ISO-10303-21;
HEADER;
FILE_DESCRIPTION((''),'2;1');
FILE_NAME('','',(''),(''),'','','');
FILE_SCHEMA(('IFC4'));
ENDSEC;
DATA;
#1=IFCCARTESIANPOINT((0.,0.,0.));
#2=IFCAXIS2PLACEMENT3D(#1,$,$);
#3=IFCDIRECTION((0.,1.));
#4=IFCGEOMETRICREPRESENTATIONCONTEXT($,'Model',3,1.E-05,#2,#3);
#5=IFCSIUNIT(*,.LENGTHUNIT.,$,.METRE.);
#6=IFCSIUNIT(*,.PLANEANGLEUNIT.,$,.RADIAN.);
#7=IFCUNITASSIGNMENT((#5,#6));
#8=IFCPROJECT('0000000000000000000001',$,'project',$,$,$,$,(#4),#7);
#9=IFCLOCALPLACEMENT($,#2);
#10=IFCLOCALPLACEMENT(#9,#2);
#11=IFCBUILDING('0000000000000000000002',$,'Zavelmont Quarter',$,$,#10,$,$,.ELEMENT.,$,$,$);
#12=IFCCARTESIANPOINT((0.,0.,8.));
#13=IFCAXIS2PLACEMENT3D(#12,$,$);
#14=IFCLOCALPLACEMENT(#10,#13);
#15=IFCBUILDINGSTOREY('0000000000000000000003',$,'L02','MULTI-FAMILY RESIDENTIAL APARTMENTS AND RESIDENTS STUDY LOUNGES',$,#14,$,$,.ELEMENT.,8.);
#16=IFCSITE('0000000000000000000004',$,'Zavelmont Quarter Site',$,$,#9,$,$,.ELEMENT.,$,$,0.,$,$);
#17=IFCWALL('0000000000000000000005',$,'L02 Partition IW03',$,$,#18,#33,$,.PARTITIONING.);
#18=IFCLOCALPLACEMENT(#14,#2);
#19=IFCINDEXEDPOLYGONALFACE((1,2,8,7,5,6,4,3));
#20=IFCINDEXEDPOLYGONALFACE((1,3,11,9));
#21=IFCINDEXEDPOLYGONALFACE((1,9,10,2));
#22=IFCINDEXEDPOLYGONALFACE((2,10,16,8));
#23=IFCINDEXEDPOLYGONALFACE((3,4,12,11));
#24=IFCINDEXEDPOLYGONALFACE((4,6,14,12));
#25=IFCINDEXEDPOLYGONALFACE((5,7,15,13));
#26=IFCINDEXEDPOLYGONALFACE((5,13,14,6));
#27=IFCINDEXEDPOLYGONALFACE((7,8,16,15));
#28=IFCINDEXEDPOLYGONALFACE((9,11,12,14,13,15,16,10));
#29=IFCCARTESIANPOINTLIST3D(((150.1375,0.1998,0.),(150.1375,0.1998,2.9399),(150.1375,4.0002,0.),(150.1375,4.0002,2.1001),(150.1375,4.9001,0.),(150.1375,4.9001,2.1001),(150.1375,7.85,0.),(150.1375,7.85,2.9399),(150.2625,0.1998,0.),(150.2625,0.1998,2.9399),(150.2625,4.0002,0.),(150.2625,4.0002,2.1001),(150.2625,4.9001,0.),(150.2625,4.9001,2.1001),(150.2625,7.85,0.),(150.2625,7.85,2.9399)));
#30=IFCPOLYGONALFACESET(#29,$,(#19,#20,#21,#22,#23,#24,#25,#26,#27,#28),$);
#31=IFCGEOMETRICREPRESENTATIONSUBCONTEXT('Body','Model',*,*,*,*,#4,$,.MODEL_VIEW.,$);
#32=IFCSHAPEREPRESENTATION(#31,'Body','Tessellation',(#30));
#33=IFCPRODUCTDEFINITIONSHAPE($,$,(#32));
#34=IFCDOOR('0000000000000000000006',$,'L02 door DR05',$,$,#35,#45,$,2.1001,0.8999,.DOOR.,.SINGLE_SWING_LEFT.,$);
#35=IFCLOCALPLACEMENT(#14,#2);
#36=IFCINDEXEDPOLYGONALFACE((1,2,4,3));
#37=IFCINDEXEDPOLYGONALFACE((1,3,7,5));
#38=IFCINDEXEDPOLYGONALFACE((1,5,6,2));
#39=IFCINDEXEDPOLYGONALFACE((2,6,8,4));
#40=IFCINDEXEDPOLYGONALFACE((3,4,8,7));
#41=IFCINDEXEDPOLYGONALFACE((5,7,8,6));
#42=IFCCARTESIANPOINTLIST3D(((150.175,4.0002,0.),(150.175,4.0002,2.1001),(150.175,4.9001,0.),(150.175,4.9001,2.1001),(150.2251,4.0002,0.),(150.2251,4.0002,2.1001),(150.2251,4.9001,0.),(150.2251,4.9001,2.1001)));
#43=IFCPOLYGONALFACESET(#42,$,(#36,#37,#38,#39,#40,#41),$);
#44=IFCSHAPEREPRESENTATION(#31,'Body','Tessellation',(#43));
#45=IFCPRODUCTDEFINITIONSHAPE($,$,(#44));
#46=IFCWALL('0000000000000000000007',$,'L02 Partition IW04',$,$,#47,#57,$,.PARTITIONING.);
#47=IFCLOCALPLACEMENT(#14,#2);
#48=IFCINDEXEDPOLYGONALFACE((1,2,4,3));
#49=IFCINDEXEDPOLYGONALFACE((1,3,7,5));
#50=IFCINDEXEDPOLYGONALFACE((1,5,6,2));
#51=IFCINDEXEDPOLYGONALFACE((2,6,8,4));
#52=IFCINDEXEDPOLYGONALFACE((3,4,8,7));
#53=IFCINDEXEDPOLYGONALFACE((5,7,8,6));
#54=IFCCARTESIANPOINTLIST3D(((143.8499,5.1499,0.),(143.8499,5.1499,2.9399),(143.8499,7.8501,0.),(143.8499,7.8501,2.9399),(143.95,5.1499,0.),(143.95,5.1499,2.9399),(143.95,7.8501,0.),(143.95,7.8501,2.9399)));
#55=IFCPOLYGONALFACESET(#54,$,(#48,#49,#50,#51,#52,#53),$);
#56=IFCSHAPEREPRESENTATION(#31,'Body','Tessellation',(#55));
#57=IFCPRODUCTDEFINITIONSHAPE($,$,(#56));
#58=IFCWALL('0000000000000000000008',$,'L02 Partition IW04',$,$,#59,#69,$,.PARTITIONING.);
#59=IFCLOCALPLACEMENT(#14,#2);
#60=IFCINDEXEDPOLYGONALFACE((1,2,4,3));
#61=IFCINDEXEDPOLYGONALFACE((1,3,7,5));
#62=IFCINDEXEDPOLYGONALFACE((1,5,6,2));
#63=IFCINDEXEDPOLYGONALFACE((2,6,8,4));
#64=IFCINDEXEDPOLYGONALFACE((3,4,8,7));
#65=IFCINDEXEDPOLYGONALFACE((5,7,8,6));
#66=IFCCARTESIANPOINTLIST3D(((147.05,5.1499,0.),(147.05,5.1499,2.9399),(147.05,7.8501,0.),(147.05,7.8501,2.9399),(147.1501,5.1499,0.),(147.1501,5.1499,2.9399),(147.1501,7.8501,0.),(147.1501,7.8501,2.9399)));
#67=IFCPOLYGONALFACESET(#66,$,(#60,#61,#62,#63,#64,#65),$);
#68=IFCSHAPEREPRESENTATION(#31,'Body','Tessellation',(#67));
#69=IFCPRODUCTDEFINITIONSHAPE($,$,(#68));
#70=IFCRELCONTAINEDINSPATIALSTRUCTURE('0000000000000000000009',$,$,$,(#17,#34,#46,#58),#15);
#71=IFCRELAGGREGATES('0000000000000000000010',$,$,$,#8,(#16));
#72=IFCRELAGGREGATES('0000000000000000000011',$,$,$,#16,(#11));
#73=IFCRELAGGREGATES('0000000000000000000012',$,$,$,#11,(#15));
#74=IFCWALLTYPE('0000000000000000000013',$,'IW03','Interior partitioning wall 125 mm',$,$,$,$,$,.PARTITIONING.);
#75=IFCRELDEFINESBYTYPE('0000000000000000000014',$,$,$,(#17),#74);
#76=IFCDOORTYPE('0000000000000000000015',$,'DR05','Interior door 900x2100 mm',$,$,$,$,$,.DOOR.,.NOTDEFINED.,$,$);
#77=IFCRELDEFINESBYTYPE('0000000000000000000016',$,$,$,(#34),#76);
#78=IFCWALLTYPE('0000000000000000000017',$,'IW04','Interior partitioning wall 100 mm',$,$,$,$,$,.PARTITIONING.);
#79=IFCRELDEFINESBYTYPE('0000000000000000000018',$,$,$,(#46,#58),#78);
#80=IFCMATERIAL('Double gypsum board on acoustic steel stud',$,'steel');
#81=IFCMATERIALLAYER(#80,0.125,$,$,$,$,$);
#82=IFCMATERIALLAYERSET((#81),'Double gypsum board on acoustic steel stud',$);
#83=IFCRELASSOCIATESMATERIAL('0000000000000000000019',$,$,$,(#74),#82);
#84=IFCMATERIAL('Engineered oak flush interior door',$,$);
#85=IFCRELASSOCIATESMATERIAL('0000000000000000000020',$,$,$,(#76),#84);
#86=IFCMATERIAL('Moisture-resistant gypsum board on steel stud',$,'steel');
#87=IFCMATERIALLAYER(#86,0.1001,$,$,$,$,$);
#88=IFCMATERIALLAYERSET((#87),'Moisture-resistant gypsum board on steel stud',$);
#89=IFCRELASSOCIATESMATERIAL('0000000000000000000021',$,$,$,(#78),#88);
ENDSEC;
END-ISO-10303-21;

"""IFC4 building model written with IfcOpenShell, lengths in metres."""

from ifc_helpers import new_model, si_unit, direction, frame, frame_2d, origin, place, context, subcontext, project, spatial, rectangle, extrude, material, layer, layer_set, type_object, element, fill, save


model = new_model("IFC4")

# Units and contexts
model_context = context("Model", 3, precision=1e-05, world=origin(), true_north=direction((0.0, 1.0)))
body_context = subcontext(model_context, "Body", "Model", "MODEL_VIEW")
ifc_project = project(units=[si_unit("LENGTHUNIT", "METRE"), si_unit("PLANEANGLEUNIT", "RADIAN")], contexts=[model_context])

# Site, building, storey
site_placement = place(None, origin())
site = spatial("IfcSite", under=ifc_project, at=site_placement, Name="Zavelmont Quarter Site", CompositionType="ELEMENT", RefElevation=0.0)
building_placement = place(site_placement, origin())
building = spatial("IfcBuilding", under=site, at=building_placement, Name="Zavelmont Quarter", CompositionType="ELEMENT")
storey_placement = place(building_placement, frame((0.0, 0.0, 8.0)))
storey = spatial("IfcBuildingStorey", under=building, at=storey_placement, Name="L02", Description="MULTI-FAMILY RESIDENTIAL APARTMENTS AND RESIDENTS STUDY LOUNGES", CompositionType="ELEMENT", Elevation=8.0)

# Shared definitions
ifc_material_1 = material(Name="Double gypsum board on acoustic steel stud", Category="steel")
ifc_layer_1 = layer(ifc_material_1, 0.125)
ifc_layer_set_1 = layer_set([ifc_layer_1], Name="Double gypsum board on acoustic steel stud")
wall_type_1 = type_object("IfcWallType", Name="IW03", Description="Interior partitioning wall 125 mm", PredefinedType="PARTITIONING", material=ifc_layer_set_1)

# Wall, opening, door
wall_1_placement = place(storey_placement, frame((150.2, 7.8501, 0.0), z_axis=(0.0, 0.0, 1.0), x_axis=(0.0, -1.0, 0.0)))
wall_1 = element("IfcWall", 1, at=wall_1_placement, inside=storey, type_object=wall_type_1, Name="L02 Partition IW03", PredefinedType="PARTITIONING", context=body_context, shape_type="SweptSolid", body=[
    extrude(rectangle(XDim=7.6501, YDim=0.125, at=frame_2d((3.8252, 0.0))), origin(), (0.0, 0.0, 1.0), 2.9399),
])
opening_placement = place(wall_1_placement, frame((2.95, 0.0, 0.0)))
opening = element("IfcOpeningElement", 2, at=opening_placement, cuts=wall_1, PredefinedType="OPENING", context=body_context, shape_type="SweptSolid", body=[
    extrude(rectangle(XDim=0.8999, YDim=2.1001, at=frame_2d((0.45, 1.05))), frame((0.0, 0.0745, 0.0), z_axis=(0.0, -1.0, 0.0), x_axis=(1.0, 0.0, 0.0)), (0.0, 0.0, 1.0), 0.1489),
])
ifc_material_2 = material(Name="Engineered oak flush interior door")
door_type = type_object("IfcDoorType", Name="DR05", Description="Interior door 900x2100 mm", OperationType="NOTDEFINED", PredefinedType="DOOR", material=ifc_material_2)
door_placement = place(opening_placement, frame((0.8999, 0.0, 0.0), z_axis=(0.0, 0.0, 1.0), x_axis=(-1.0, 0.0, 0.0)))
door = element("IfcDoor", 3, at=door_placement, inside=storey, type_object=door_type, Name="L02 door DR05", OperationType="SINGLE_SWING_LEFT", OverallHeight=2.1001, OverallWidth=0.8999, PredefinedType="DOOR", context=body_context, shape_type="SweptSolid", body=[
    extrude(rectangle(XDim=0.8999, YDim=2.1001, at=frame_2d((0.45, 1.05))), frame((0.0, 0.0249, 0.0), z_axis=(0.0, -1.0, 0.0), x_axis=(1.0, 0.0, 0.0)), (0.0, 0.0, 1.0), 0.05),
])
fill(opening, door)

# Walls
ifc_material_3 = material(Name="Moisture-resistant gypsum board on steel stud", Category="steel")
ifc_layer_2 = layer(ifc_material_3, 0.1001)
ifc_layer_set_2 = layer_set([ifc_layer_2], Name="Moisture-resistant gypsum board on steel stud")
wall_type_2 = type_object("IfcWallType", Name="IW04", Description="Interior partitioning wall 100 mm", PredefinedType="PARTITIONING", material=ifc_layer_set_2)
for number, where, z_axis, x_axis, name in (
    (4, (143.8999, 7.8501, 0.0), (0.0, 0.0, 1.0), (0.0, -1.0, 0.0), "L02 Partition IW04"),
    (5, (147.1001, 7.8501, 0.0), (0.0, 0.0, 1.0), (0.0, -1.0, 0.0), "L02 Partition IW04"),
):
    element("IfcWall", number, at=place(storey_placement, frame(where, z_axis=z_axis, x_axis=x_axis)), inside=storey, type_object=wall_type_2, Name=name, PredefinedType="PARTITIONING", context=body_context, shape_type="SweptSolid", body=[
        extrude(rectangle(XDim=2.7002, YDim=0.1001, at=frame_2d((1.3501, 0.0))), origin(), (0.0, 0.0, 1.0), 2.9399),
    ])

save(model, "model.ifc")
